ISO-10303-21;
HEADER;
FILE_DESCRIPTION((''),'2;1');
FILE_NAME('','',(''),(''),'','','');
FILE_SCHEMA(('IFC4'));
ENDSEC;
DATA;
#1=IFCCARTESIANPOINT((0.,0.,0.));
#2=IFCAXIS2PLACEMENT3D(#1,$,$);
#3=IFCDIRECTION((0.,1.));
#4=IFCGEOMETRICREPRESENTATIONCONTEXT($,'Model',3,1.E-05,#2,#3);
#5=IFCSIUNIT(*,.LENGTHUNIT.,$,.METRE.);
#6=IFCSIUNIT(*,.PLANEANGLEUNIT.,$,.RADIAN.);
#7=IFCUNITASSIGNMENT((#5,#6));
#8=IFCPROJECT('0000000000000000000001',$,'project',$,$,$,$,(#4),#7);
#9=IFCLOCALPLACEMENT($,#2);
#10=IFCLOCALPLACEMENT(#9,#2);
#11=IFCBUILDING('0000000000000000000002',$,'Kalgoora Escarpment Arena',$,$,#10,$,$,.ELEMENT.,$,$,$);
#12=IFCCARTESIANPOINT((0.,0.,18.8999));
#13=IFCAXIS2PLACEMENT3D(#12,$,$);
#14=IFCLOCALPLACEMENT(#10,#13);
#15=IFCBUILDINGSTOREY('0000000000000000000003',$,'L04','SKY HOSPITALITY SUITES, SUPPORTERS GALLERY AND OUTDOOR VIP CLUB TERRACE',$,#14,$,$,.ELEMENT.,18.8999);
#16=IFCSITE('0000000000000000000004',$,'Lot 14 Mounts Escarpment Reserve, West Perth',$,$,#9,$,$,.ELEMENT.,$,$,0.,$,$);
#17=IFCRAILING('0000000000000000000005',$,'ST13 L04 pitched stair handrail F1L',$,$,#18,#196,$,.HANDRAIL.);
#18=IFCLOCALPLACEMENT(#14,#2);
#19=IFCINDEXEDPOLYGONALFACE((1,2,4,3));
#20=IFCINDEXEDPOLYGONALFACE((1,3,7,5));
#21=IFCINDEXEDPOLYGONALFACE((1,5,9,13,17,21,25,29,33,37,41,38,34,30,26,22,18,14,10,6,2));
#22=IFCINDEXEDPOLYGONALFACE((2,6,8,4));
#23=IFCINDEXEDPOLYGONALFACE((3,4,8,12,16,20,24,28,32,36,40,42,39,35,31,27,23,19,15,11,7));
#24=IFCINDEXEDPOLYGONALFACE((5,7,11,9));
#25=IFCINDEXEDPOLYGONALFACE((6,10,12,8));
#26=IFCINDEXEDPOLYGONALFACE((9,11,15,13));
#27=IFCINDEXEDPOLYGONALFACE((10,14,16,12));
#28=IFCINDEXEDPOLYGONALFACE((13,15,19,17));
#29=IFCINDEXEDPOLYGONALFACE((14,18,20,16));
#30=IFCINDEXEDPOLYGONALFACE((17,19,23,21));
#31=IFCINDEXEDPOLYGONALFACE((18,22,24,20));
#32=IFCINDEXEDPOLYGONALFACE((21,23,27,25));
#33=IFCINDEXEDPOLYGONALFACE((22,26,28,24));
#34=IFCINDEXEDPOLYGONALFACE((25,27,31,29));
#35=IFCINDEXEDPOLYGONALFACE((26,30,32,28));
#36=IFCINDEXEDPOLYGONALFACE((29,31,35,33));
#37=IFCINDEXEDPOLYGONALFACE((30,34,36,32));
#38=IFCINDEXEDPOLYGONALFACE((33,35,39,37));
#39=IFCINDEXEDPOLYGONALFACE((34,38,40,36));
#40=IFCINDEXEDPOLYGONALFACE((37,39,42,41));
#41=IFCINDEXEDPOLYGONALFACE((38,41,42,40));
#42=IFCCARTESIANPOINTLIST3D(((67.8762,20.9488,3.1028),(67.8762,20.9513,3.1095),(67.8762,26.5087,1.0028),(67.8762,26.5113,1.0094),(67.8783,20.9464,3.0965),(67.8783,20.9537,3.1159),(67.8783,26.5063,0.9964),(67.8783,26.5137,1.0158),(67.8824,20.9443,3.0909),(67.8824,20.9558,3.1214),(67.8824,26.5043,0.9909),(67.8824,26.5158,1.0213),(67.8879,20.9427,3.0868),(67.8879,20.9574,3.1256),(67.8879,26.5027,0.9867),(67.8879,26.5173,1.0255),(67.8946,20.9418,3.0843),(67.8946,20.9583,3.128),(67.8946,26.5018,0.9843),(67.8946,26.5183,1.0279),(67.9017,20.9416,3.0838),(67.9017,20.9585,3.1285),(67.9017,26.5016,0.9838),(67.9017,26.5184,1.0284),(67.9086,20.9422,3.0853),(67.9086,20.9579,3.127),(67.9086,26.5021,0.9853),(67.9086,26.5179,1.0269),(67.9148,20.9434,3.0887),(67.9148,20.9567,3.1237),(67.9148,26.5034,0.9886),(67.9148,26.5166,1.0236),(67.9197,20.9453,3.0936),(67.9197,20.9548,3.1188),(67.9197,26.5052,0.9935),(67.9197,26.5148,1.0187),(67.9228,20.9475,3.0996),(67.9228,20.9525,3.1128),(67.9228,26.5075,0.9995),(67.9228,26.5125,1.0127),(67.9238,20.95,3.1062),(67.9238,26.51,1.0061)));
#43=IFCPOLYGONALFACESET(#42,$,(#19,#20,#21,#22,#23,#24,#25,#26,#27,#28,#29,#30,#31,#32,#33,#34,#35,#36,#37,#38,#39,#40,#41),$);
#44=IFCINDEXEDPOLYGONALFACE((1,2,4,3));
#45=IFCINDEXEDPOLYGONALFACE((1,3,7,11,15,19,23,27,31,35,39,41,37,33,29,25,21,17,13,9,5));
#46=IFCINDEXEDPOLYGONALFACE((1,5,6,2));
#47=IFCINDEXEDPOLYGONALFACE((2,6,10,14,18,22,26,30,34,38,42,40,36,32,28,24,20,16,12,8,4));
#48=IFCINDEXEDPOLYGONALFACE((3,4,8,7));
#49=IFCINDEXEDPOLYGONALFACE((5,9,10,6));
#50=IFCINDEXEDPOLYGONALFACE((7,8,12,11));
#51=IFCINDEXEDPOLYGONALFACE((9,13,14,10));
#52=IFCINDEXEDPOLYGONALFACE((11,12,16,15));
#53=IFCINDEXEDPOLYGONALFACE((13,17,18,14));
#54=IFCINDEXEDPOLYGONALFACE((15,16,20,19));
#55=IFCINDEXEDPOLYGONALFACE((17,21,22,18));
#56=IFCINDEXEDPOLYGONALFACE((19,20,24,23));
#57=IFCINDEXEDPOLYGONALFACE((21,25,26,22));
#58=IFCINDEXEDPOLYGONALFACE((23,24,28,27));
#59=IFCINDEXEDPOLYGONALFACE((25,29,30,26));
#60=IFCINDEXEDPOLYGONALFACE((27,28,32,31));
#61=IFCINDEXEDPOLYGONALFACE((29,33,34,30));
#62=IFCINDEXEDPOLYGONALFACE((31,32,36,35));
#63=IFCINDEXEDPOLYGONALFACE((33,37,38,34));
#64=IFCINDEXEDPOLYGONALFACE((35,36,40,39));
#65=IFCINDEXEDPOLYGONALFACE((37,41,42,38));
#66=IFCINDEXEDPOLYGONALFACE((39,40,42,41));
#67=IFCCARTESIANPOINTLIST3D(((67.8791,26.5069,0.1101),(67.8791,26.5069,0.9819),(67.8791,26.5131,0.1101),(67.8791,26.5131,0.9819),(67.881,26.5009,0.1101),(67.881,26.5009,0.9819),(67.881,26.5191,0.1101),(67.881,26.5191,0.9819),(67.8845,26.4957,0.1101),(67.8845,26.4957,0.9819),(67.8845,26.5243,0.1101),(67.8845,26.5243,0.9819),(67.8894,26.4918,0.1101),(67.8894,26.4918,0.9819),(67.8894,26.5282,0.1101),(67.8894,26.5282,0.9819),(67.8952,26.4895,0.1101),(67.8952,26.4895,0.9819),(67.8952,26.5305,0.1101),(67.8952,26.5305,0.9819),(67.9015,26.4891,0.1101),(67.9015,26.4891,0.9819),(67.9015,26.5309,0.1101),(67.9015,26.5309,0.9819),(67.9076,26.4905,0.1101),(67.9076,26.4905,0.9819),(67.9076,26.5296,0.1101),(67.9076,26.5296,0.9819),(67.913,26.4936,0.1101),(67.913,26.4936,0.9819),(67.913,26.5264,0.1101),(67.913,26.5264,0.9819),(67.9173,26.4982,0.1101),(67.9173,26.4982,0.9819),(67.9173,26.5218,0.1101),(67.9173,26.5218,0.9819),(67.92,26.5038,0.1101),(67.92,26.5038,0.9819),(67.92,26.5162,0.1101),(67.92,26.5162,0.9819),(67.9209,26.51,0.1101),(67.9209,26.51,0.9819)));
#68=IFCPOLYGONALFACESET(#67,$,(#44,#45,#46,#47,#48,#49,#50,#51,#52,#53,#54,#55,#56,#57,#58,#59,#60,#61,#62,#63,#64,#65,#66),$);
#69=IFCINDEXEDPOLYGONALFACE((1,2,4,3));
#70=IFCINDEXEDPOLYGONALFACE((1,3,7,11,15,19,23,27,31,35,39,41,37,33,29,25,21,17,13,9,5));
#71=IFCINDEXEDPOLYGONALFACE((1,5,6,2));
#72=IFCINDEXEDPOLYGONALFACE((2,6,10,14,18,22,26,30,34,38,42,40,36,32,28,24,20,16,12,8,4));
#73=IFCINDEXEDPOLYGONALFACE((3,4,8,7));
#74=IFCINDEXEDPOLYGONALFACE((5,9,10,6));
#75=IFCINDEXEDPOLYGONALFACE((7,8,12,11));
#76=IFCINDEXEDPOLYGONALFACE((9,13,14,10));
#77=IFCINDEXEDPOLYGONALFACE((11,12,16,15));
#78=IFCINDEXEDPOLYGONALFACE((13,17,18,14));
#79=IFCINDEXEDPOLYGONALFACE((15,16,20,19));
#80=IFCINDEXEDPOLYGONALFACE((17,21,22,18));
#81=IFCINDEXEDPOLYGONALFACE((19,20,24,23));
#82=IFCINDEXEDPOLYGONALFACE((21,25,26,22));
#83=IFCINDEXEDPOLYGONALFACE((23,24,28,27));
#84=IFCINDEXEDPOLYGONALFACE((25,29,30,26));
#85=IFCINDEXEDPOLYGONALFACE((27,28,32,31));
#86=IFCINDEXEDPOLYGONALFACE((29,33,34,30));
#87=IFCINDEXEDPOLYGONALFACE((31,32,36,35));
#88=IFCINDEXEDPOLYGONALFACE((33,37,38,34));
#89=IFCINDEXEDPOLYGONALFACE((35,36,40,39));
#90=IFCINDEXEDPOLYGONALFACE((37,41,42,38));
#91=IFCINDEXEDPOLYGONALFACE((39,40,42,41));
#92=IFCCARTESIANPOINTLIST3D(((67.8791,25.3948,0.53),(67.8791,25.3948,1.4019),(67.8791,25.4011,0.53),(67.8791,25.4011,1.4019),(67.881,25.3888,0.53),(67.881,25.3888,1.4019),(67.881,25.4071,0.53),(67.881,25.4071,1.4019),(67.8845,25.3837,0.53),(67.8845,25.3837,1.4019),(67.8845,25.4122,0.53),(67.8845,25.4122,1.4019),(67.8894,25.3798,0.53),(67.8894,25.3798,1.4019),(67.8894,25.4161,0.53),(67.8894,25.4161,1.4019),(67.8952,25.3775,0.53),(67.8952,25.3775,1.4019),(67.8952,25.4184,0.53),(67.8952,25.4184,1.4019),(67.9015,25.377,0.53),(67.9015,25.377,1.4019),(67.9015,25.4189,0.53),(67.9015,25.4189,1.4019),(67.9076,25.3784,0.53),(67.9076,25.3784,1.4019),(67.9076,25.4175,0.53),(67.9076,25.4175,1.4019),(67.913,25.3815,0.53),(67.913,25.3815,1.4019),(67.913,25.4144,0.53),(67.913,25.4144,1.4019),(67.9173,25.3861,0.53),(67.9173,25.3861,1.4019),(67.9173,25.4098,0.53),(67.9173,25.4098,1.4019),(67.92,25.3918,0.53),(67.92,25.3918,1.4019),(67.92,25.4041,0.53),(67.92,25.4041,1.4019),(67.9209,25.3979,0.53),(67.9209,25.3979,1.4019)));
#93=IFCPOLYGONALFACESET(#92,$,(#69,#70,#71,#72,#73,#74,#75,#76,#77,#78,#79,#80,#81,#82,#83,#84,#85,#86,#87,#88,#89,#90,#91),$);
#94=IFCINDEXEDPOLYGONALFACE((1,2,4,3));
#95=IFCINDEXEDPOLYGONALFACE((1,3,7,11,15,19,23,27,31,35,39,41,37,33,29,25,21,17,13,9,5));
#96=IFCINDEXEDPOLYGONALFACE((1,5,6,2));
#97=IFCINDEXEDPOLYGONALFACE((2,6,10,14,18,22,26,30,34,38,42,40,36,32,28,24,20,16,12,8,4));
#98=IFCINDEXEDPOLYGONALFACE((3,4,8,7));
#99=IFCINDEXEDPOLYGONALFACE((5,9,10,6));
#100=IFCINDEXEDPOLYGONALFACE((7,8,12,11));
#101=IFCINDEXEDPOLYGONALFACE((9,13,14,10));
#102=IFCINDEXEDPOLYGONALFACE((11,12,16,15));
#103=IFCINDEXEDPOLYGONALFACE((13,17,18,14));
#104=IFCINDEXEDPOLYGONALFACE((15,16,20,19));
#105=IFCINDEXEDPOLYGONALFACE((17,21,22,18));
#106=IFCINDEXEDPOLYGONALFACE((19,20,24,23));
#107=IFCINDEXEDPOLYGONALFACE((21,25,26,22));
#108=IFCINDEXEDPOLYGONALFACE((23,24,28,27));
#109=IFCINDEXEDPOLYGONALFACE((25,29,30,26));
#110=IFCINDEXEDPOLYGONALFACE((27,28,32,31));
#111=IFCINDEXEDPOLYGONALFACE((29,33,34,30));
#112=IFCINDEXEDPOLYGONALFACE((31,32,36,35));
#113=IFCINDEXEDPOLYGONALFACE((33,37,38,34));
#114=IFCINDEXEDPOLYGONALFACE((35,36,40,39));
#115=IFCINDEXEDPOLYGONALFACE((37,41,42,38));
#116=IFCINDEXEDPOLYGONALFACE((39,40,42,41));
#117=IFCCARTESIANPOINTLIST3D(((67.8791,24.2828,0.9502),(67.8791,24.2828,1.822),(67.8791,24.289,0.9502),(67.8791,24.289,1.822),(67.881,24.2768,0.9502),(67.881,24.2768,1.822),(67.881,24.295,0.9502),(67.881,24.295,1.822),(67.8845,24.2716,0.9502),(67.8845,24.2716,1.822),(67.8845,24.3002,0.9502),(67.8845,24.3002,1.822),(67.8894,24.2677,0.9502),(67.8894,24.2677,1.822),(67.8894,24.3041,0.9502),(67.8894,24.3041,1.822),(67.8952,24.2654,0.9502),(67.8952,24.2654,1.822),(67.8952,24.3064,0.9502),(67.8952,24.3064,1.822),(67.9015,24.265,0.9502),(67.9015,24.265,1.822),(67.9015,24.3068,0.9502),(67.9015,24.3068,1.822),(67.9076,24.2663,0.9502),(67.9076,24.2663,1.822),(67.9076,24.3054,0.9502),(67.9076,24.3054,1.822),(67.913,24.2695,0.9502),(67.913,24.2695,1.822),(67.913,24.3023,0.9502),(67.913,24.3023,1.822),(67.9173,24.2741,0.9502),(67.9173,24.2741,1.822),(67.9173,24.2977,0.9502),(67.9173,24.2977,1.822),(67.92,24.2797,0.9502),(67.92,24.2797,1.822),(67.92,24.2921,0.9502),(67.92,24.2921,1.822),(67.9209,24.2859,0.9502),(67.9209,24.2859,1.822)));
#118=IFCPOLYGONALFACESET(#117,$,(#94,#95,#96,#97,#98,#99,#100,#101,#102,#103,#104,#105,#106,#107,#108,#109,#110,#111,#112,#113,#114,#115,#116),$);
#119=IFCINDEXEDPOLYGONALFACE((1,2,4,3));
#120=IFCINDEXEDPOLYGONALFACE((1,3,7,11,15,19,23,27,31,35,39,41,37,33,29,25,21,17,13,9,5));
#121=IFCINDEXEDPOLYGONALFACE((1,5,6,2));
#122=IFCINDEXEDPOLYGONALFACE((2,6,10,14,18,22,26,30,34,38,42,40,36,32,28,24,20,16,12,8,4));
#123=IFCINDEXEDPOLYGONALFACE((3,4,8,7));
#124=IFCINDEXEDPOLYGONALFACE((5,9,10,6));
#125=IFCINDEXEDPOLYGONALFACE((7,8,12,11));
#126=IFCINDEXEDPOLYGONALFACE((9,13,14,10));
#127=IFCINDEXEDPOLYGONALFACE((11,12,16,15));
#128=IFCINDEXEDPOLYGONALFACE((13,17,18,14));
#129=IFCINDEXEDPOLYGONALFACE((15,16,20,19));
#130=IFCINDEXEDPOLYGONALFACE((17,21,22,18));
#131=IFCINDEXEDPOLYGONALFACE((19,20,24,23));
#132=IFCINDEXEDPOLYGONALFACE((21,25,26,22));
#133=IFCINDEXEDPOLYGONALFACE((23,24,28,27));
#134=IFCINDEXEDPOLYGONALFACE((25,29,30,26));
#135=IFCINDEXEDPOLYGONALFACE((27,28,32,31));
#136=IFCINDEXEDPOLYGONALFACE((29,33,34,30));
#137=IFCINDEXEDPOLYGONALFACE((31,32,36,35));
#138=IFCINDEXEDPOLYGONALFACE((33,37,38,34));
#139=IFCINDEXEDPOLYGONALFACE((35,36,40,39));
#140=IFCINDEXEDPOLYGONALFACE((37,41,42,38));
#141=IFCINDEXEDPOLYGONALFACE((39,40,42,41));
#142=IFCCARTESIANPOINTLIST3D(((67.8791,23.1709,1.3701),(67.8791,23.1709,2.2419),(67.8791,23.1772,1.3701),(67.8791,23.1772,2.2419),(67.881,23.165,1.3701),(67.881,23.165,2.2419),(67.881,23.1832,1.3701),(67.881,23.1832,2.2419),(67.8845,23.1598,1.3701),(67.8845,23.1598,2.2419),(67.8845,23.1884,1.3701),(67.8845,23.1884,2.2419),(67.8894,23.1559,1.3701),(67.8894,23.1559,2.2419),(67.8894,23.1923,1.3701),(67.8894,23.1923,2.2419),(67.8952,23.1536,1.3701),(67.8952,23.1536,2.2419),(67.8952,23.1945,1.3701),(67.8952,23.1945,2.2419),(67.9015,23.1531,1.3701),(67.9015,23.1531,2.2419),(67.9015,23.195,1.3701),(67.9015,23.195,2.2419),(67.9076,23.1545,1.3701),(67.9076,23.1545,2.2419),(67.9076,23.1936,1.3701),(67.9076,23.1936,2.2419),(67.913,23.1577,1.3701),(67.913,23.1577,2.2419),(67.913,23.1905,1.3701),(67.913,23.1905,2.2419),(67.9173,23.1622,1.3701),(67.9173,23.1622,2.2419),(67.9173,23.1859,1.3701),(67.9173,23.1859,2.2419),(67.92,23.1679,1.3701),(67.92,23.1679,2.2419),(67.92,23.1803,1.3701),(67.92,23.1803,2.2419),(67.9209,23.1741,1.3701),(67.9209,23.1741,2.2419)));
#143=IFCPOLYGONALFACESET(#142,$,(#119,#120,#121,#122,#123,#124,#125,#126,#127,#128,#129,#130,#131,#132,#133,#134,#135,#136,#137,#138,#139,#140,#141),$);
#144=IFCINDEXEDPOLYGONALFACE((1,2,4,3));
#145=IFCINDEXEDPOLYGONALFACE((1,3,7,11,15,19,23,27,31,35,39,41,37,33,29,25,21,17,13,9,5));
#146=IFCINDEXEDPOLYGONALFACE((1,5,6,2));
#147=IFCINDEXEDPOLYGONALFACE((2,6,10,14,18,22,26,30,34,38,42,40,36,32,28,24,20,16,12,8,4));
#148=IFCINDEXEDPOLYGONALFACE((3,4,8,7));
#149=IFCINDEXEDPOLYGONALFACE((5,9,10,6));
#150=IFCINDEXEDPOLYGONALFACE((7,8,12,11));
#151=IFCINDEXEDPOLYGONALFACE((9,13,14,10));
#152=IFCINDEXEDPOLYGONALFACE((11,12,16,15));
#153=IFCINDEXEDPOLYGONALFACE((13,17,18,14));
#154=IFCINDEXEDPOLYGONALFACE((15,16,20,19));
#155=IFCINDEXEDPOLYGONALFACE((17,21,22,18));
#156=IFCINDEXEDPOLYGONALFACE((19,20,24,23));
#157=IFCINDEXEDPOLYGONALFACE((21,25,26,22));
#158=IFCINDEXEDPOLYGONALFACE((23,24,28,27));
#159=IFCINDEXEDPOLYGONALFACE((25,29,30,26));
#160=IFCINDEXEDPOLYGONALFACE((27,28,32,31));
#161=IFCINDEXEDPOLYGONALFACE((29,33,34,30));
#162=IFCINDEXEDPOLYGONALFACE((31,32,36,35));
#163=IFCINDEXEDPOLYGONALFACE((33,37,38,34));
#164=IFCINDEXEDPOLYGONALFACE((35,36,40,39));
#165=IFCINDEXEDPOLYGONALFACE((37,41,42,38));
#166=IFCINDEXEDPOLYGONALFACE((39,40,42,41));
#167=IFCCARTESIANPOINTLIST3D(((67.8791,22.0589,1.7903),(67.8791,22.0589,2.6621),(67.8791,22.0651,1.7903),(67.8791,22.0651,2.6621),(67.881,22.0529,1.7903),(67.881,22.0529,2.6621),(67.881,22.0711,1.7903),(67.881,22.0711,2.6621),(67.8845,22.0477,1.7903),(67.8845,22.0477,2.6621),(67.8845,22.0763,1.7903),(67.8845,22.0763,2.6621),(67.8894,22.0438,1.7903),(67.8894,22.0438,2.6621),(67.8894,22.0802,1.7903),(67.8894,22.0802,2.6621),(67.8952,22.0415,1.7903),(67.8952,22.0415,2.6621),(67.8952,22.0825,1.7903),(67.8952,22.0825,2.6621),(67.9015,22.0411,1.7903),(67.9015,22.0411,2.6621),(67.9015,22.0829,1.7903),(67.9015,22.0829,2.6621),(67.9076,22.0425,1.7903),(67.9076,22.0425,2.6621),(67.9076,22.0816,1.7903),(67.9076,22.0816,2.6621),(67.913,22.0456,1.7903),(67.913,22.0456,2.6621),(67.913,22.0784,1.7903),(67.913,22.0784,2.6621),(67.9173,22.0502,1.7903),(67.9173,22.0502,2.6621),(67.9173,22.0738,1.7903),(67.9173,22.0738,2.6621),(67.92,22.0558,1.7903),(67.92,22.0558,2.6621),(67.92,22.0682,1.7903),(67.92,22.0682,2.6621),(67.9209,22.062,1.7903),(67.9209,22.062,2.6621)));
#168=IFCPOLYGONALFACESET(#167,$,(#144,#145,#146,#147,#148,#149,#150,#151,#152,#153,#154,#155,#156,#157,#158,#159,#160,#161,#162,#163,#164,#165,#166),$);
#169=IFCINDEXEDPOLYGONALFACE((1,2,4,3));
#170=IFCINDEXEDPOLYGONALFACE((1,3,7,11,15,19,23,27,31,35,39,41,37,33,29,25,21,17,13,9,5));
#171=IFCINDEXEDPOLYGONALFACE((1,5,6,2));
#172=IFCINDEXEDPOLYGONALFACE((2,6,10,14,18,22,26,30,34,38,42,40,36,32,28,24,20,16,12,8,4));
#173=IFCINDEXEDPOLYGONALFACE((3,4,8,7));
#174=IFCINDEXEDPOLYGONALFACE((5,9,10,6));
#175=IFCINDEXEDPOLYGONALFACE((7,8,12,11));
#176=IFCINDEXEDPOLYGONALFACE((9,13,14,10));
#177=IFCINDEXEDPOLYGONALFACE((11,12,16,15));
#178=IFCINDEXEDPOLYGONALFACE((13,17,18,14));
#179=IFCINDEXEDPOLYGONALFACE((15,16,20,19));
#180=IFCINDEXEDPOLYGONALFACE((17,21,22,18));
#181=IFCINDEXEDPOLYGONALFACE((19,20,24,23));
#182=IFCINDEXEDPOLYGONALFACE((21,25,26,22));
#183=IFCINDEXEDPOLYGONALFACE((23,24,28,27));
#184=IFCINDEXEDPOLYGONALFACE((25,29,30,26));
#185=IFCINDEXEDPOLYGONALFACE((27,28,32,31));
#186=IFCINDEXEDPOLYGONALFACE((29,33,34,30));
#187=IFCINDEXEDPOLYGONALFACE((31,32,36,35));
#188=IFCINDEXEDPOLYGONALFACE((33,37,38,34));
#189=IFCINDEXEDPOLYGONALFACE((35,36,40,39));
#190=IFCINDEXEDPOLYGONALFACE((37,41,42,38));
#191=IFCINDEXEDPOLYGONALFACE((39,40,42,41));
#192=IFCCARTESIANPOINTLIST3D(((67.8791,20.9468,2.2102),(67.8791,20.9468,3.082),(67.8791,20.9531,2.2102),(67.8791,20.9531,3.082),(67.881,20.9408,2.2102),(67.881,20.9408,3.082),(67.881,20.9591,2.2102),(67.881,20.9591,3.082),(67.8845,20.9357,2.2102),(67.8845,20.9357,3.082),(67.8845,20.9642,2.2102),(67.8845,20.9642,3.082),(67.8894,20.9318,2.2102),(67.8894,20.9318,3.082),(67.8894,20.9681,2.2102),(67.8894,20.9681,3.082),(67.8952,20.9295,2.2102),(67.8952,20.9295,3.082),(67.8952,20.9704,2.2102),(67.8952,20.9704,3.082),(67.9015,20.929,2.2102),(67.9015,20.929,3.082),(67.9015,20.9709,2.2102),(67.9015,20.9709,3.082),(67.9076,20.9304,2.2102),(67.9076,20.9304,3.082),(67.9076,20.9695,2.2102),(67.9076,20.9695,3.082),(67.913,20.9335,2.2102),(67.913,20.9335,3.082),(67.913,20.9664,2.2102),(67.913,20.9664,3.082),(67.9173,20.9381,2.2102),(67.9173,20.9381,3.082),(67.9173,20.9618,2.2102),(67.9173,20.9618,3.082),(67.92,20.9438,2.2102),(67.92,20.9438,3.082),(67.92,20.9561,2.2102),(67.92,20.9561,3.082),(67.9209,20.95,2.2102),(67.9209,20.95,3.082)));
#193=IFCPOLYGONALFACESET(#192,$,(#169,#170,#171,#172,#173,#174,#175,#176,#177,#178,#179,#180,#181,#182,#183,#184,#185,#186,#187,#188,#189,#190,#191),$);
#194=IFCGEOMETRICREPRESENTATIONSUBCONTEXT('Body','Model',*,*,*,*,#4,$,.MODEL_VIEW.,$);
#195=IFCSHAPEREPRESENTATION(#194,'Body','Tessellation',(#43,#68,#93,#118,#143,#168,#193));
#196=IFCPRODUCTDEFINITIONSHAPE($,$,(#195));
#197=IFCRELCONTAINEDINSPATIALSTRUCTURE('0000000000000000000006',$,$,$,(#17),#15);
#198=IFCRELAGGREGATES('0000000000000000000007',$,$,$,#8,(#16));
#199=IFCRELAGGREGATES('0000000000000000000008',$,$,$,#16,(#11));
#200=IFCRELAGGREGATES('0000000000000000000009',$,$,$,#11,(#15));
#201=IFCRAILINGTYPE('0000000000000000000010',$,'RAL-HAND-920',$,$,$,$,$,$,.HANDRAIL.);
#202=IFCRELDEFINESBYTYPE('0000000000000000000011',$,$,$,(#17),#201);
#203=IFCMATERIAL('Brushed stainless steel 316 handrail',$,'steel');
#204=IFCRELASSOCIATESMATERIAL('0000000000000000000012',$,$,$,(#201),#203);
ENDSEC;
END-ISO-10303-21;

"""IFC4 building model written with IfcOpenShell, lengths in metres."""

from ifc_helpers import new_model, si_unit, direction, frame, origin, origin_2d, place, context, subcontext, project, spatial, circle, extrude, material, type_object, element, save


model = new_model("IFC4")

# Units and contexts
model_context = context("Model", 3, precision=1e-05, world=origin(), true_north=direction((0.0, 1.0)))
body_context = subcontext(model_context, "Body", "Model", "MODEL_VIEW")
ifc_project = project(units=[si_unit("LENGTHUNIT", "METRE"), si_unit("PLANEANGLEUNIT", "RADIAN")], contexts=[model_context])

# Site, building, storey
site_placement = place(None, origin())
site = spatial("IfcSite", under=ifc_project, at=site_placement, Name="Lot 14 Mounts Escarpment Reserve, West Perth", CompositionType="ELEMENT", RefElevation=0.0)
building_placement = place(site_placement, origin())
building = spatial("IfcBuilding", under=site, at=building_placement, Name="Kalgoora Escarpment Arena", CompositionType="ELEMENT")
storey_placement = place(building_placement, frame((0.0, 0.0, 18.8999)))
storey = spatial("IfcBuildingStorey", under=building, at=storey_placement, Name="L04", Description="SKY HOSPITALITY SUITES, SUPPORTERS GALLERY AND OUTDOOR VIP CLUB TERRACE", CompositionType="ELEMENT", Elevation=18.8999)

# Railing
ifc_material_1 = material(Name="Brushed stainless steel 316 handrail", Category="steel")
railing_type_1 = type_object("IfcRailingType", Name="RAL-HAND-920", PredefinedType="HANDRAIL", material=ifc_material_1)
for number, where, name in (
    (1, (67.8999, 26.51, 0.1101), "ST13 L04 pitched stair handrail F1L"),
):
    element("IfcRailing", number, at=place(storey_placement, frame(where)), inside=storey, type_object=railing_type_1, Name=name, PredefinedType="HANDRAIL", context=body_context, shape_type="SweptSolid", body=[
        extrude(circle(Radius=0.0239, at=origin_2d()), frame((0.0, 0.0, 0.896), z_axis=(0.0, -0.935493, 0.353346), x_axis=(1.0, 0.0, 0.0)), (0.0, 0.0, 1.0), 5.9434),
        extrude(circle(Radius=0.021, at=origin_2d()), origin(), (0.0, 0.0, 1.0), 0.8718),
        extrude(circle(Radius=0.021, at=origin_2d()), frame((0.0, -1.1121, 0.4199)), (0.0, 0.0, 1.0), 0.8718),
        extrude(circle(Radius=0.021, at=origin_2d()), frame((0.0, -2.2241, 0.8401)), (0.0, 0.0, 1.0), 0.8718),
        extrude(circle(Radius=0.021, at=origin_2d()), frame((0.0, -3.3359, 1.26)), (0.0, 0.0, 1.0), 0.8718),
        extrude(circle(Radius=0.021, at=origin_2d()), frame((0.0, -4.448, 1.6802)), (0.0, 0.0, 1.0), 0.8718),
        extrude(circle(Radius=0.021, at=origin_2d()), frame((0.0, -5.5601, 2.1001)), (0.0, 0.0, 1.0), 0.8718),
    ])

save(model, "model.ifc")
